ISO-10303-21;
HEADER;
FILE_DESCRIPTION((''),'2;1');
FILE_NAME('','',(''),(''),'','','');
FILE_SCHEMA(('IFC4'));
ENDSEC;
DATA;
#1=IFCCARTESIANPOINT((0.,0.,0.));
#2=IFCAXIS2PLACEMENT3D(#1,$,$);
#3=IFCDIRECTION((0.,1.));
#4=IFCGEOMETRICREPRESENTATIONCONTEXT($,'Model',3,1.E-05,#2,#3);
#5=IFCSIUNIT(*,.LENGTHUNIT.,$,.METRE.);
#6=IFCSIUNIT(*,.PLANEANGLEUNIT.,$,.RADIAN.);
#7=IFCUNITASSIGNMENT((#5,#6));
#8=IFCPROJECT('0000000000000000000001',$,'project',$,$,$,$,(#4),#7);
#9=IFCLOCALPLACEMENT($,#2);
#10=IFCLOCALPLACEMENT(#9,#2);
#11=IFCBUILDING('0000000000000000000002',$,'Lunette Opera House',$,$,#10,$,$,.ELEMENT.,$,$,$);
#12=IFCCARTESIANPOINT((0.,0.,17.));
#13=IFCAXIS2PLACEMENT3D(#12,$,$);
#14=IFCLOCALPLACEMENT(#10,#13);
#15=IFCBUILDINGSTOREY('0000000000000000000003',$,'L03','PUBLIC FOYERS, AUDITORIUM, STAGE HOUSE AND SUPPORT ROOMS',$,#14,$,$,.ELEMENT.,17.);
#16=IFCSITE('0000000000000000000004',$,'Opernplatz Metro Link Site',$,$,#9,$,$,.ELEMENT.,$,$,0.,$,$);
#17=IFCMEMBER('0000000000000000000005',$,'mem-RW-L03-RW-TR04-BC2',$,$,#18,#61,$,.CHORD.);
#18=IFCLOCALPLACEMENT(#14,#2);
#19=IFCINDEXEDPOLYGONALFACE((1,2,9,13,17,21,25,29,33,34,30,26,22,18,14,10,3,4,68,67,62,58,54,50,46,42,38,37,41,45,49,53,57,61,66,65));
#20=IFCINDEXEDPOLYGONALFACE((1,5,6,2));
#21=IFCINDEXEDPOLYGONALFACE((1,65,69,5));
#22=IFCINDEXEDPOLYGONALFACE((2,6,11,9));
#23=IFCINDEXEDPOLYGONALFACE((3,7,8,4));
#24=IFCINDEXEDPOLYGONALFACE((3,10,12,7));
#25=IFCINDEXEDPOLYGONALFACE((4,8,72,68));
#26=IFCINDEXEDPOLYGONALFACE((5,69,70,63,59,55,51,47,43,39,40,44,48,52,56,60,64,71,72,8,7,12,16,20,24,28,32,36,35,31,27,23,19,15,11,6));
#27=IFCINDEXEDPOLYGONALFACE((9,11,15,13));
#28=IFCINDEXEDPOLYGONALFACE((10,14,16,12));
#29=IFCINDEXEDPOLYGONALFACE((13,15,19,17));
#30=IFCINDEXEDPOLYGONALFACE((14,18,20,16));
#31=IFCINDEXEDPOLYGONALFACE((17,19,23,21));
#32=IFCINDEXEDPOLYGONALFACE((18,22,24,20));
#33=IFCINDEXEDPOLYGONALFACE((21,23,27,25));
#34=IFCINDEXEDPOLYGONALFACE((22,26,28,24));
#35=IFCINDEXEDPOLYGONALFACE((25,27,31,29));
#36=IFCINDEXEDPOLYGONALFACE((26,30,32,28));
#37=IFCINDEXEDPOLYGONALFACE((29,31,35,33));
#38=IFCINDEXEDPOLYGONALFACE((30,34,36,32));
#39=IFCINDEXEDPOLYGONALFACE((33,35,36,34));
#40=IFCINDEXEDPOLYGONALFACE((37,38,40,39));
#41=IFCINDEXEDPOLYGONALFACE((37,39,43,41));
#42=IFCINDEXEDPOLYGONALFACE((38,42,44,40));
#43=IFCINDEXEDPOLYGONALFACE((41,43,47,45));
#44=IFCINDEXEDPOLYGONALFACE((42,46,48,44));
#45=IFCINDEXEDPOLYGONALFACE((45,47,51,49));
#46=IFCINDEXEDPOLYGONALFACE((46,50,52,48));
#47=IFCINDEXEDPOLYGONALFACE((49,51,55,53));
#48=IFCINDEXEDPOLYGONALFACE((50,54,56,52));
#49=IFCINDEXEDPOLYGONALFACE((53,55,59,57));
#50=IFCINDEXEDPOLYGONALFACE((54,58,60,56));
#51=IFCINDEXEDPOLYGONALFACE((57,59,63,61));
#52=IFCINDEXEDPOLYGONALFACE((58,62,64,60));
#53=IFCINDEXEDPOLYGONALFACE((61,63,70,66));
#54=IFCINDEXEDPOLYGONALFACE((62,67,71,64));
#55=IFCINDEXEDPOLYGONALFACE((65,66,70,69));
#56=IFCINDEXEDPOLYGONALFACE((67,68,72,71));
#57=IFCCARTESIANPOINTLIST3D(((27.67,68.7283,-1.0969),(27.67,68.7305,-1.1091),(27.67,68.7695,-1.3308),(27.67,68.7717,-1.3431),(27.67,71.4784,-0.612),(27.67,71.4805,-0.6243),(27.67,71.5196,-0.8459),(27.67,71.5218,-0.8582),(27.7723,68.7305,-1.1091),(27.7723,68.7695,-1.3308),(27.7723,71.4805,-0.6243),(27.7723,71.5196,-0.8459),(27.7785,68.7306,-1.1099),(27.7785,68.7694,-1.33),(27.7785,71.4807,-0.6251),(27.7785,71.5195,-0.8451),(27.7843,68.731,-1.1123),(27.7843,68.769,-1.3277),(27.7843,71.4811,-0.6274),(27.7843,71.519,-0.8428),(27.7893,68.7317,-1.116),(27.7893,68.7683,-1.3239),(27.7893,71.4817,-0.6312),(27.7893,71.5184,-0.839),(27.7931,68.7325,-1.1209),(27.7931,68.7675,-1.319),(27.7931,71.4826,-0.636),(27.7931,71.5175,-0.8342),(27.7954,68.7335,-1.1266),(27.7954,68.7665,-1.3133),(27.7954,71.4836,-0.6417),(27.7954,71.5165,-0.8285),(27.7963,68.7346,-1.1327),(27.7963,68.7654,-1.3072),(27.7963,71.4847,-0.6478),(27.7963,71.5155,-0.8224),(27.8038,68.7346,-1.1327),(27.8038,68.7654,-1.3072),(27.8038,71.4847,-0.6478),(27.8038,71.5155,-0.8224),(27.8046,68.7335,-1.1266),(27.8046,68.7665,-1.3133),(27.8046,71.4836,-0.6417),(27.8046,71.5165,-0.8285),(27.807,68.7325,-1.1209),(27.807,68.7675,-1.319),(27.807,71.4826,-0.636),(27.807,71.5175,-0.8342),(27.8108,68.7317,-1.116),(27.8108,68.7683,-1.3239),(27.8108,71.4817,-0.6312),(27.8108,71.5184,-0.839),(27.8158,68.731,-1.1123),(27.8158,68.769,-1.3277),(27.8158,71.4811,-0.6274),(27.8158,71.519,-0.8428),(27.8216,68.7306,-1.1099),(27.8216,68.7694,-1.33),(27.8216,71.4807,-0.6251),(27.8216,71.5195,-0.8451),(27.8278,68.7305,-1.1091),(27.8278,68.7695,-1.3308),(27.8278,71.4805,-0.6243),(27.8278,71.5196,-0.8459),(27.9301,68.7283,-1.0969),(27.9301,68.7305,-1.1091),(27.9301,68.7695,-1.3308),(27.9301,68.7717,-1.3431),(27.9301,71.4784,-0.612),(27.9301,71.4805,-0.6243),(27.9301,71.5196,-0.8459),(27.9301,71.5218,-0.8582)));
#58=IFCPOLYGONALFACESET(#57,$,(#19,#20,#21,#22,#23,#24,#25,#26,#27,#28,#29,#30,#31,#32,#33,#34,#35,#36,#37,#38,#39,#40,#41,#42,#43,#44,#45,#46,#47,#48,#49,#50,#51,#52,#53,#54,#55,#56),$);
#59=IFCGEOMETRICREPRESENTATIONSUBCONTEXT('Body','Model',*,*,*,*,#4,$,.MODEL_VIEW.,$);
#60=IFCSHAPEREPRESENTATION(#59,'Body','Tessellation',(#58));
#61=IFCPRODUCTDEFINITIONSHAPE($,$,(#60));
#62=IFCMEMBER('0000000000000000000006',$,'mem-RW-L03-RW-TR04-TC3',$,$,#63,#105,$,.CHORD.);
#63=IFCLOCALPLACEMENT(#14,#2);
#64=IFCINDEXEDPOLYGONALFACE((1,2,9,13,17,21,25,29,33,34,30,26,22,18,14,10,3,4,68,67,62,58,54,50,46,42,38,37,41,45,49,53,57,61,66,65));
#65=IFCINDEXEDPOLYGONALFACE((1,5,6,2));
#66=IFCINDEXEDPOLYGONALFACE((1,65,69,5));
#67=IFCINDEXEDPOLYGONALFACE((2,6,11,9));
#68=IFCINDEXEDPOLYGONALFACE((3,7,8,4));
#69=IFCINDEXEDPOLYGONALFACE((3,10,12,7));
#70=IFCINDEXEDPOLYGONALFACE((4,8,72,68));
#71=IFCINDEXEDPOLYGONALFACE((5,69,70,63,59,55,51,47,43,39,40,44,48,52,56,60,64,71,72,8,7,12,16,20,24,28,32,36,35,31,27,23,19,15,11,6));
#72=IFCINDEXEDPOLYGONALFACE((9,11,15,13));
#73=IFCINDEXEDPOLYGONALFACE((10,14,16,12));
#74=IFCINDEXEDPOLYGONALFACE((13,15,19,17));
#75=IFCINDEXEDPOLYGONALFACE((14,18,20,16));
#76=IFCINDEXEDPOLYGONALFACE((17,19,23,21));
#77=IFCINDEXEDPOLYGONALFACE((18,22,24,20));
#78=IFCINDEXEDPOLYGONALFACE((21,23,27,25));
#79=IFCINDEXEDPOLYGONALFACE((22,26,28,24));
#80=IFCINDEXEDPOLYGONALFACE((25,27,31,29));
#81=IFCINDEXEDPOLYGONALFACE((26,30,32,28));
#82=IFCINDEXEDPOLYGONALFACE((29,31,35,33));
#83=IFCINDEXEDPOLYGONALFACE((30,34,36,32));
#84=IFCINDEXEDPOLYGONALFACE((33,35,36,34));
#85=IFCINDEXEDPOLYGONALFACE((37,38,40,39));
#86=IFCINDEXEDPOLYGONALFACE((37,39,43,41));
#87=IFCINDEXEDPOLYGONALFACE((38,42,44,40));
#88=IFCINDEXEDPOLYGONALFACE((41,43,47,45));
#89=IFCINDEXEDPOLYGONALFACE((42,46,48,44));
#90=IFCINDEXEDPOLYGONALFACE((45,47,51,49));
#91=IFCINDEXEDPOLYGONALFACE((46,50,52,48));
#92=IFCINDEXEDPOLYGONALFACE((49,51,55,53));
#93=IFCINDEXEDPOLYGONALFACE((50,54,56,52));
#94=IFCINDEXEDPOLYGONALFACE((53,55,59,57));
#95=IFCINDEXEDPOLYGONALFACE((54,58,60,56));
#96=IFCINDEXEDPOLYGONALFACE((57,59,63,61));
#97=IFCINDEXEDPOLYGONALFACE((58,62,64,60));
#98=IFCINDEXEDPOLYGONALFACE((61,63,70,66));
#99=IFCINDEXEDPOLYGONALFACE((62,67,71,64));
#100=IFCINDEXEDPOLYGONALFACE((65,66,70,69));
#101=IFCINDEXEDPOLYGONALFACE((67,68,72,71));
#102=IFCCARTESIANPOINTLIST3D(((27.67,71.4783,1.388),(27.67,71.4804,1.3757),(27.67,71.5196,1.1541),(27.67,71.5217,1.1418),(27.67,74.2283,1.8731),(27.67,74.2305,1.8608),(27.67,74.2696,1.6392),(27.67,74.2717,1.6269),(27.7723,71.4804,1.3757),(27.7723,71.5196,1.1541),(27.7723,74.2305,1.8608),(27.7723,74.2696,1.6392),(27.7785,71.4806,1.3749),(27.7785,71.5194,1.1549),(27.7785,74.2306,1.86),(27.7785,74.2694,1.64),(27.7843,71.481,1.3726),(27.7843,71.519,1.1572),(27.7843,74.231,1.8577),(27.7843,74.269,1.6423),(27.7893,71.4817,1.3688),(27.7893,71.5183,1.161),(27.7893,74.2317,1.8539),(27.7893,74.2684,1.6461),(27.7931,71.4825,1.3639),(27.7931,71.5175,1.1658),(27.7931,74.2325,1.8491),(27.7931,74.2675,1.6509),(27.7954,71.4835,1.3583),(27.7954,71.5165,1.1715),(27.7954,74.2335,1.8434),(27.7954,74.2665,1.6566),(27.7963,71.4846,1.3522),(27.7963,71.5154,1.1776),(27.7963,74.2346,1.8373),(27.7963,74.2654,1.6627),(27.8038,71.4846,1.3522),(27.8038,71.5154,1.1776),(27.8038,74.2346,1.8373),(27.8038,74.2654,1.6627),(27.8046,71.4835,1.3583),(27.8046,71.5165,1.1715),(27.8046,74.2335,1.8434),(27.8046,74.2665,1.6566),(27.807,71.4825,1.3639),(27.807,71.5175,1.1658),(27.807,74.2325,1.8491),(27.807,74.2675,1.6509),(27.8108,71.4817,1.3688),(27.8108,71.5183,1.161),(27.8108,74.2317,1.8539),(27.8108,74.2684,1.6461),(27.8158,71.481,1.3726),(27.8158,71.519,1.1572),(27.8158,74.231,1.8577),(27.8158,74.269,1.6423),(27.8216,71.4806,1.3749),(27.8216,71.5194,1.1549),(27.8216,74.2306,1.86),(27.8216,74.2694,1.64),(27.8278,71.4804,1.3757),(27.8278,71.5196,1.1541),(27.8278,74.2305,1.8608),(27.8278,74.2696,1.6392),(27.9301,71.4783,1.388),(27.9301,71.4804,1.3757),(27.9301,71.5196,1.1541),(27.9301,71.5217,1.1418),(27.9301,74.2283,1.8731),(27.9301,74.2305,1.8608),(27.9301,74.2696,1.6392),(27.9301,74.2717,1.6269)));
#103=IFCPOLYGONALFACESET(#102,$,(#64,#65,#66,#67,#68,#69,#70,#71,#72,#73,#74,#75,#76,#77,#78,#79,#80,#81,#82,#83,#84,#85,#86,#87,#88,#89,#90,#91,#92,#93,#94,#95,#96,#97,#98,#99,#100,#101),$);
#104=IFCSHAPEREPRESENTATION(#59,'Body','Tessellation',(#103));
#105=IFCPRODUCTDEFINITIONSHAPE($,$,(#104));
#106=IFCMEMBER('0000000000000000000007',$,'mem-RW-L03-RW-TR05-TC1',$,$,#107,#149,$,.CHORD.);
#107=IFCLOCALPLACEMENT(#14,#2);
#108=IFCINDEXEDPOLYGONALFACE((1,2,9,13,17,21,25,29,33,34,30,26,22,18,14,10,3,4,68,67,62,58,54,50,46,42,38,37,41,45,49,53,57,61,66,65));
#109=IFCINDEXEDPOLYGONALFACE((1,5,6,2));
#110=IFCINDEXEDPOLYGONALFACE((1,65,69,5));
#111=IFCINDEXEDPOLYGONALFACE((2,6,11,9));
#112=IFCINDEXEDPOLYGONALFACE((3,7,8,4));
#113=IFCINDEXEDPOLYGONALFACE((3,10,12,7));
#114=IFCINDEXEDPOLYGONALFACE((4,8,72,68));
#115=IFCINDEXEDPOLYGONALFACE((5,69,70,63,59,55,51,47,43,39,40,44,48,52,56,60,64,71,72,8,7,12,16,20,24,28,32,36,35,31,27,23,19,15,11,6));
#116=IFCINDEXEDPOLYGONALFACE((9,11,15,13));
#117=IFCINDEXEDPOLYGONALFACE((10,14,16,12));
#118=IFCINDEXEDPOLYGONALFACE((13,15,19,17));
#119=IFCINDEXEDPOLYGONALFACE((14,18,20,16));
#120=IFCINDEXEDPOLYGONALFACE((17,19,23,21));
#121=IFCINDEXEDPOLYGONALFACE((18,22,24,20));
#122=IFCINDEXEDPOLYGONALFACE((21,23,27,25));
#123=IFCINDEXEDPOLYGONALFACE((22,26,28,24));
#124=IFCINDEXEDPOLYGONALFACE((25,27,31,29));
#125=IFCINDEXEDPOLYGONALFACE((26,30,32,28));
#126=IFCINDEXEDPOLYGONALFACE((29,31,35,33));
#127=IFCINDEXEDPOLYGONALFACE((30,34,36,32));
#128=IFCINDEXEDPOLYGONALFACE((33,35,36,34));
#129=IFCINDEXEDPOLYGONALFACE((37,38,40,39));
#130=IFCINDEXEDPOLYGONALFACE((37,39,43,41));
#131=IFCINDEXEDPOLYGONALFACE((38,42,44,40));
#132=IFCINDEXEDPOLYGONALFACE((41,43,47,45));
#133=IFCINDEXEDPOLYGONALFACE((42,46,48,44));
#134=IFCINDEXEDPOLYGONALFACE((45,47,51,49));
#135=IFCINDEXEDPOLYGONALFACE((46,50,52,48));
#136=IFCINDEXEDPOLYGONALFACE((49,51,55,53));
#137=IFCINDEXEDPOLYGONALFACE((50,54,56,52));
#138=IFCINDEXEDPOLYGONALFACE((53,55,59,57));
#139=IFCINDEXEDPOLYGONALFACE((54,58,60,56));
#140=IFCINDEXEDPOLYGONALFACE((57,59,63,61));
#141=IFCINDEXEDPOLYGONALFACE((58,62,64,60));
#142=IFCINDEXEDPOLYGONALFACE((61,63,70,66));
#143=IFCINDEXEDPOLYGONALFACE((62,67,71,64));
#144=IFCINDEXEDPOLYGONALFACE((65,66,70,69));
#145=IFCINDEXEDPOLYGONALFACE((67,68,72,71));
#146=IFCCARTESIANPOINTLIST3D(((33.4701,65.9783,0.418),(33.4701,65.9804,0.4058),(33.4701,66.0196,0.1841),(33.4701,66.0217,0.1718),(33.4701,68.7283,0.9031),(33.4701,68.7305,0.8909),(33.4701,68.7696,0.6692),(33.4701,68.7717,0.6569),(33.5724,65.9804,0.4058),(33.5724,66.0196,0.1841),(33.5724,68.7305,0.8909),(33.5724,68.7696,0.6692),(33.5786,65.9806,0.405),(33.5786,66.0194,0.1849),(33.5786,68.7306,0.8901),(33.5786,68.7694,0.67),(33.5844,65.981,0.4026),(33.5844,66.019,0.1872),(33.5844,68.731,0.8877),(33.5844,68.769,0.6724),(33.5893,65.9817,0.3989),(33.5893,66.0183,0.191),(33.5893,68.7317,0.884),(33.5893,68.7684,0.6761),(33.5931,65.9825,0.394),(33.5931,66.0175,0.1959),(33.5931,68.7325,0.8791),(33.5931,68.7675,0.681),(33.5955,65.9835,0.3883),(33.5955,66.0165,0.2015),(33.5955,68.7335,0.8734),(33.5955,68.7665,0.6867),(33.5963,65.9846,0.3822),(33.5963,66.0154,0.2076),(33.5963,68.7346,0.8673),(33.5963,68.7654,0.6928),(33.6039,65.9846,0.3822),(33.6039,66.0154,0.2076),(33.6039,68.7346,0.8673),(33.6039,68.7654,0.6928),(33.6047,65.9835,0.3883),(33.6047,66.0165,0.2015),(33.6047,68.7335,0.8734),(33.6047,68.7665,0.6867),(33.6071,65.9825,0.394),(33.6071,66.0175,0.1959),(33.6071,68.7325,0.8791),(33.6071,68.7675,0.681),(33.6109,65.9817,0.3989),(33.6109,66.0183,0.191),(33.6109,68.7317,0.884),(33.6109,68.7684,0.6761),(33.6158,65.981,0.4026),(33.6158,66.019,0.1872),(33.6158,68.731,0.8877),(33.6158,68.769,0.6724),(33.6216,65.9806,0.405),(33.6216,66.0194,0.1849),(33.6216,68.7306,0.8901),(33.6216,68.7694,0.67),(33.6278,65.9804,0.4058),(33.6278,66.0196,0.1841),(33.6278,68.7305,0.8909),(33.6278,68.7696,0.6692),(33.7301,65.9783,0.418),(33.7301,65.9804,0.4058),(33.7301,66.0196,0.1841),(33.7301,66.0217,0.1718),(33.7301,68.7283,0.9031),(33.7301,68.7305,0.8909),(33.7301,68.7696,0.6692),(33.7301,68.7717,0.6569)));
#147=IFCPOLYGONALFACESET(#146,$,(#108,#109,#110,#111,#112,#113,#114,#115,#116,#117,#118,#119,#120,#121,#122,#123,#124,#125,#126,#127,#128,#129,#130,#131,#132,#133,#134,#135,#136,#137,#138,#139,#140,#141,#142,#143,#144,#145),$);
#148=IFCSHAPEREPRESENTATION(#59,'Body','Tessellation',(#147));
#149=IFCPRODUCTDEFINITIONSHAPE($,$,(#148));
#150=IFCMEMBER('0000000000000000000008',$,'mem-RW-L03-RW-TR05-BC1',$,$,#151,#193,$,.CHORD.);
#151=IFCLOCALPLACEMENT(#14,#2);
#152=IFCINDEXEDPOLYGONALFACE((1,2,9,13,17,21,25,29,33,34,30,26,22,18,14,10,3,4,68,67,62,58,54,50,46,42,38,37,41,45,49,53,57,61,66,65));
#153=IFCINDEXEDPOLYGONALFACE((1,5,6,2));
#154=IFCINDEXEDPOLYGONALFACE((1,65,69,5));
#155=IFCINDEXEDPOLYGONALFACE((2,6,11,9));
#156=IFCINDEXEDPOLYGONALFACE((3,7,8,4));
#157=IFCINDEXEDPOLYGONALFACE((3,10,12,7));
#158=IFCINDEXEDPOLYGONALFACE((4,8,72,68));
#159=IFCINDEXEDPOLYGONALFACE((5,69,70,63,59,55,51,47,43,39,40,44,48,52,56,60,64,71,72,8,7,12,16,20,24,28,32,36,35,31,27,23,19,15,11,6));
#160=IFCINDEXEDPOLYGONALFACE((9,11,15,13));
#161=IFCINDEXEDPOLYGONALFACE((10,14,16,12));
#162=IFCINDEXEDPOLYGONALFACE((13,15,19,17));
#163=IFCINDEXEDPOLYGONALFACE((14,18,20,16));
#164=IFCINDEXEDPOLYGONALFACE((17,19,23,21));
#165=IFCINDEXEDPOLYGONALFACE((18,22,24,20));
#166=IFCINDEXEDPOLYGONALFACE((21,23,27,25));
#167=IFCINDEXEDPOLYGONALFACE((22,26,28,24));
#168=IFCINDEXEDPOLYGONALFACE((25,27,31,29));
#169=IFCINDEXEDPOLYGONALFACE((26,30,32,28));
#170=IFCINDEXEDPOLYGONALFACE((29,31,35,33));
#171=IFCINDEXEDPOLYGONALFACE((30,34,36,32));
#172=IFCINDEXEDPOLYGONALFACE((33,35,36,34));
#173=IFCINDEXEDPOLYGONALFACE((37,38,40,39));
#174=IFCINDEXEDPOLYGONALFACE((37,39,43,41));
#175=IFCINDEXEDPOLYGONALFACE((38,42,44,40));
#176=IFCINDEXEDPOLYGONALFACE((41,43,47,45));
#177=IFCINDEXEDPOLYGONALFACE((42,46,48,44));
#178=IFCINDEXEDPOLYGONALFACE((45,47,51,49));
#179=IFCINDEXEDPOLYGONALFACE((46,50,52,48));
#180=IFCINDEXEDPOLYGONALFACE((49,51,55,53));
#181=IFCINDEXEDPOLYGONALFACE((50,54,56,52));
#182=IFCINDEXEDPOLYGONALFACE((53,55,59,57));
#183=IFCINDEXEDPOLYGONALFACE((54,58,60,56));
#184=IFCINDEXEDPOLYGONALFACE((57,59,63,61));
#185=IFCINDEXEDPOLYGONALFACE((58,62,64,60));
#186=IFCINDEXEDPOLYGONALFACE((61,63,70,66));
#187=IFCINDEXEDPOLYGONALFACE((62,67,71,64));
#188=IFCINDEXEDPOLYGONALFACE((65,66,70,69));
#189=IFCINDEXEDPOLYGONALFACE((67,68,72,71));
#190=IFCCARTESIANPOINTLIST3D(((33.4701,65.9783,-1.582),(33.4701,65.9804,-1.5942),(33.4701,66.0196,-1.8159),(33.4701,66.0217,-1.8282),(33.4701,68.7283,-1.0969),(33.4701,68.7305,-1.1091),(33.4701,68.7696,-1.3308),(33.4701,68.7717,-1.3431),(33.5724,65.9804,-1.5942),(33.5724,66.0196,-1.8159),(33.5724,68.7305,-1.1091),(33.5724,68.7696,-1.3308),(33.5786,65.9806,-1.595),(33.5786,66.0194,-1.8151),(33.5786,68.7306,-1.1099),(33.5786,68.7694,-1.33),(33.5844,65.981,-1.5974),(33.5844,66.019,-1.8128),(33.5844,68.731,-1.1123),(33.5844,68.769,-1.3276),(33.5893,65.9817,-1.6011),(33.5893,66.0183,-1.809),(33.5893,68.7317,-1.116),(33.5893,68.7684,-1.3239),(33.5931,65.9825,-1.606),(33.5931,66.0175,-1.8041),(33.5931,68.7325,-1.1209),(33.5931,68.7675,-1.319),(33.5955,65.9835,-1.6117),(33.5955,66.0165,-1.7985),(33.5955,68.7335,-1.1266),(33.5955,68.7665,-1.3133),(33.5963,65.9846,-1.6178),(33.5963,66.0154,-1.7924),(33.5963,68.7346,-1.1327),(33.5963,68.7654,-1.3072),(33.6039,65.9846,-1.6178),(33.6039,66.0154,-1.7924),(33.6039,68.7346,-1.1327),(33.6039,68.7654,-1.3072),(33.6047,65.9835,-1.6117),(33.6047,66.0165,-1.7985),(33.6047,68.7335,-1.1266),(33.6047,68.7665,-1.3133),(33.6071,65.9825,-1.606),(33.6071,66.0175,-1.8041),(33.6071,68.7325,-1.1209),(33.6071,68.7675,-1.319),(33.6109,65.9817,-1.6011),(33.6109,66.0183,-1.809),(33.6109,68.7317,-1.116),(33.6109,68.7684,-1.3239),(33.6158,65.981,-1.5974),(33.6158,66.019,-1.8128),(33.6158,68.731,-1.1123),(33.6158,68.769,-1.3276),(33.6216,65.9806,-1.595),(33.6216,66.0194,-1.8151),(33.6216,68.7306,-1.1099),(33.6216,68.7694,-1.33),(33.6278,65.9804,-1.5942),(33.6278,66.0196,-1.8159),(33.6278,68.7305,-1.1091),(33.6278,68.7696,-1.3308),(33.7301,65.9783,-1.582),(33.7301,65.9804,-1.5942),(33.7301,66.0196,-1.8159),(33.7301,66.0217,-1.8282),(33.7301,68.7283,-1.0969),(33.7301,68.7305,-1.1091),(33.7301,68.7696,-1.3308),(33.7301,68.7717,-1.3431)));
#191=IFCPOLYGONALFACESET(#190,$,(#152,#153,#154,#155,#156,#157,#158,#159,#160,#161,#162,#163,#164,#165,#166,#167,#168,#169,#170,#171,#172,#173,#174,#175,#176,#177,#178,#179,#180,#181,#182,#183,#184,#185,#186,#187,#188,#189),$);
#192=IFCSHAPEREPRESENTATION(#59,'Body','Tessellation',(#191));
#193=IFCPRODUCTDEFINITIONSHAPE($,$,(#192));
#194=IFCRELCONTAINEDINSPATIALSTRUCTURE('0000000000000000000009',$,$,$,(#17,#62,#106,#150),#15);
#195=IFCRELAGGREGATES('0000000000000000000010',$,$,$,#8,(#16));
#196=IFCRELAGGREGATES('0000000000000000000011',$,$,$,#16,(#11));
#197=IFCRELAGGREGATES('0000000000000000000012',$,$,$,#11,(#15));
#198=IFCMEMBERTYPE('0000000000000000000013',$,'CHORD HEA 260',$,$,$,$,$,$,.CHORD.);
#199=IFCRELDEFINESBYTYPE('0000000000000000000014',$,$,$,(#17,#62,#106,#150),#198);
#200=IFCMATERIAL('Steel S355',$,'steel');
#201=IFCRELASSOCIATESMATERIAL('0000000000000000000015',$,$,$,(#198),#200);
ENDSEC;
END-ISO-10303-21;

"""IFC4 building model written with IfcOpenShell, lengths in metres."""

from ifc_helpers import new_model, si_unit, direction, frame, origin, origin_2d, place, context, subcontext, project, spatial, i_section, extrude, material, material_profile, profile_set, type_object, element, save


model = new_model("IFC4")

# Units and contexts
model_context = context("Model", 3, precision=1e-05, world=origin(), true_north=direction((0.0, 1.0)))
body_context = subcontext(model_context, "Body", "Model", "MODEL_VIEW")
ifc_project = project(units=[si_unit("LENGTHUNIT", "METRE"), si_unit("PLANEANGLEUNIT", "RADIAN")], contexts=[model_context])

# Site, building, storey
site_placement = place(None, origin())
site = spatial("IfcSite", under=ifc_project, at=site_placement, Name="Opernplatz Metro Link Site", CompositionType="ELEMENT", RefElevation=0.0)
building_placement = place(site_placement, origin())
building = spatial("IfcBuilding", under=site, at=building_placement, Name="Lunette Opera House", CompositionType="ELEMENT")
storey_placement = place(building_placement, frame((0.0, 0.0, 17.0)))
storey = spatial("IfcBuildingStorey", under=building, at=storey_placement, Name="L03", Description="PUBLIC FOYERS, AUDITORIUM, STAGE HOUSE AND SUPPORT ROOMS", CompositionType="ELEMENT", Elevation=17.0)

# Members
ifc_material_1 = material(Name="Steel S355", Category="steel")
ifc_material_profile_1 = material_profile(ifc_material_1, i_section(OverallWidth=0.26, OverallDepth=0.25, WebThickness=0.0076, FlangeThickness=0.0125, FilletRadius=0.0239, at=origin_2d()), Name="HEA 260")
ifc_profile_set_1 = profile_set([ifc_material_profile_1], Name="Steel S355")
member_type_1 = type_object("IfcMemberType", Name="CHORD HEA 260", PredefinedType="CHORD", material=ifc_profile_set_1)
for number, where, z_axis, x_axis, name in (
    (1, (27.8, 68.75, -1.22), (0.0, 0.98481, 0.173636), (-1.0, 0.0, 0.0), "mem-RW-L03-RW-TR04-BC2"),
    (2, (27.8, 71.5, 1.2649), (0.0, 0.984795, 0.17372), (-1.0, 0.0, 0.0), "mem-RW-L03-RW-TR04-TC3"),
    (3, (33.6001, 66.0, 0.2949), (0.0, 0.984795, 0.17372), (-1.0, 0.0, 0.0), "mem-RW-L03-RW-TR05-TC1"),
    (4, (33.6001, 66.0, -1.7051), (0.0, 0.984795, 0.17372), (-1.0, 0.0, 0.0), "mem-RW-L03-RW-TR05-BC1"),
):
    element("IfcMember", number, at=place(storey_placement, frame(where, z_axis=z_axis, x_axis=x_axis)), inside=storey, type_object=member_type_1, Name=name, PredefinedType="CHORD", context=body_context, shape_type="SweptSolid", body=[
        extrude(i_section(OverallWidth=0.26, OverallDepth=0.25, WebThickness=0.0076, FlangeThickness=0.0125, FilletRadius=0.0239, at=origin_2d()), origin(), (0.0, 0.0, 1.0), 2.7925),
    ])

save(model, "model.ifc")
